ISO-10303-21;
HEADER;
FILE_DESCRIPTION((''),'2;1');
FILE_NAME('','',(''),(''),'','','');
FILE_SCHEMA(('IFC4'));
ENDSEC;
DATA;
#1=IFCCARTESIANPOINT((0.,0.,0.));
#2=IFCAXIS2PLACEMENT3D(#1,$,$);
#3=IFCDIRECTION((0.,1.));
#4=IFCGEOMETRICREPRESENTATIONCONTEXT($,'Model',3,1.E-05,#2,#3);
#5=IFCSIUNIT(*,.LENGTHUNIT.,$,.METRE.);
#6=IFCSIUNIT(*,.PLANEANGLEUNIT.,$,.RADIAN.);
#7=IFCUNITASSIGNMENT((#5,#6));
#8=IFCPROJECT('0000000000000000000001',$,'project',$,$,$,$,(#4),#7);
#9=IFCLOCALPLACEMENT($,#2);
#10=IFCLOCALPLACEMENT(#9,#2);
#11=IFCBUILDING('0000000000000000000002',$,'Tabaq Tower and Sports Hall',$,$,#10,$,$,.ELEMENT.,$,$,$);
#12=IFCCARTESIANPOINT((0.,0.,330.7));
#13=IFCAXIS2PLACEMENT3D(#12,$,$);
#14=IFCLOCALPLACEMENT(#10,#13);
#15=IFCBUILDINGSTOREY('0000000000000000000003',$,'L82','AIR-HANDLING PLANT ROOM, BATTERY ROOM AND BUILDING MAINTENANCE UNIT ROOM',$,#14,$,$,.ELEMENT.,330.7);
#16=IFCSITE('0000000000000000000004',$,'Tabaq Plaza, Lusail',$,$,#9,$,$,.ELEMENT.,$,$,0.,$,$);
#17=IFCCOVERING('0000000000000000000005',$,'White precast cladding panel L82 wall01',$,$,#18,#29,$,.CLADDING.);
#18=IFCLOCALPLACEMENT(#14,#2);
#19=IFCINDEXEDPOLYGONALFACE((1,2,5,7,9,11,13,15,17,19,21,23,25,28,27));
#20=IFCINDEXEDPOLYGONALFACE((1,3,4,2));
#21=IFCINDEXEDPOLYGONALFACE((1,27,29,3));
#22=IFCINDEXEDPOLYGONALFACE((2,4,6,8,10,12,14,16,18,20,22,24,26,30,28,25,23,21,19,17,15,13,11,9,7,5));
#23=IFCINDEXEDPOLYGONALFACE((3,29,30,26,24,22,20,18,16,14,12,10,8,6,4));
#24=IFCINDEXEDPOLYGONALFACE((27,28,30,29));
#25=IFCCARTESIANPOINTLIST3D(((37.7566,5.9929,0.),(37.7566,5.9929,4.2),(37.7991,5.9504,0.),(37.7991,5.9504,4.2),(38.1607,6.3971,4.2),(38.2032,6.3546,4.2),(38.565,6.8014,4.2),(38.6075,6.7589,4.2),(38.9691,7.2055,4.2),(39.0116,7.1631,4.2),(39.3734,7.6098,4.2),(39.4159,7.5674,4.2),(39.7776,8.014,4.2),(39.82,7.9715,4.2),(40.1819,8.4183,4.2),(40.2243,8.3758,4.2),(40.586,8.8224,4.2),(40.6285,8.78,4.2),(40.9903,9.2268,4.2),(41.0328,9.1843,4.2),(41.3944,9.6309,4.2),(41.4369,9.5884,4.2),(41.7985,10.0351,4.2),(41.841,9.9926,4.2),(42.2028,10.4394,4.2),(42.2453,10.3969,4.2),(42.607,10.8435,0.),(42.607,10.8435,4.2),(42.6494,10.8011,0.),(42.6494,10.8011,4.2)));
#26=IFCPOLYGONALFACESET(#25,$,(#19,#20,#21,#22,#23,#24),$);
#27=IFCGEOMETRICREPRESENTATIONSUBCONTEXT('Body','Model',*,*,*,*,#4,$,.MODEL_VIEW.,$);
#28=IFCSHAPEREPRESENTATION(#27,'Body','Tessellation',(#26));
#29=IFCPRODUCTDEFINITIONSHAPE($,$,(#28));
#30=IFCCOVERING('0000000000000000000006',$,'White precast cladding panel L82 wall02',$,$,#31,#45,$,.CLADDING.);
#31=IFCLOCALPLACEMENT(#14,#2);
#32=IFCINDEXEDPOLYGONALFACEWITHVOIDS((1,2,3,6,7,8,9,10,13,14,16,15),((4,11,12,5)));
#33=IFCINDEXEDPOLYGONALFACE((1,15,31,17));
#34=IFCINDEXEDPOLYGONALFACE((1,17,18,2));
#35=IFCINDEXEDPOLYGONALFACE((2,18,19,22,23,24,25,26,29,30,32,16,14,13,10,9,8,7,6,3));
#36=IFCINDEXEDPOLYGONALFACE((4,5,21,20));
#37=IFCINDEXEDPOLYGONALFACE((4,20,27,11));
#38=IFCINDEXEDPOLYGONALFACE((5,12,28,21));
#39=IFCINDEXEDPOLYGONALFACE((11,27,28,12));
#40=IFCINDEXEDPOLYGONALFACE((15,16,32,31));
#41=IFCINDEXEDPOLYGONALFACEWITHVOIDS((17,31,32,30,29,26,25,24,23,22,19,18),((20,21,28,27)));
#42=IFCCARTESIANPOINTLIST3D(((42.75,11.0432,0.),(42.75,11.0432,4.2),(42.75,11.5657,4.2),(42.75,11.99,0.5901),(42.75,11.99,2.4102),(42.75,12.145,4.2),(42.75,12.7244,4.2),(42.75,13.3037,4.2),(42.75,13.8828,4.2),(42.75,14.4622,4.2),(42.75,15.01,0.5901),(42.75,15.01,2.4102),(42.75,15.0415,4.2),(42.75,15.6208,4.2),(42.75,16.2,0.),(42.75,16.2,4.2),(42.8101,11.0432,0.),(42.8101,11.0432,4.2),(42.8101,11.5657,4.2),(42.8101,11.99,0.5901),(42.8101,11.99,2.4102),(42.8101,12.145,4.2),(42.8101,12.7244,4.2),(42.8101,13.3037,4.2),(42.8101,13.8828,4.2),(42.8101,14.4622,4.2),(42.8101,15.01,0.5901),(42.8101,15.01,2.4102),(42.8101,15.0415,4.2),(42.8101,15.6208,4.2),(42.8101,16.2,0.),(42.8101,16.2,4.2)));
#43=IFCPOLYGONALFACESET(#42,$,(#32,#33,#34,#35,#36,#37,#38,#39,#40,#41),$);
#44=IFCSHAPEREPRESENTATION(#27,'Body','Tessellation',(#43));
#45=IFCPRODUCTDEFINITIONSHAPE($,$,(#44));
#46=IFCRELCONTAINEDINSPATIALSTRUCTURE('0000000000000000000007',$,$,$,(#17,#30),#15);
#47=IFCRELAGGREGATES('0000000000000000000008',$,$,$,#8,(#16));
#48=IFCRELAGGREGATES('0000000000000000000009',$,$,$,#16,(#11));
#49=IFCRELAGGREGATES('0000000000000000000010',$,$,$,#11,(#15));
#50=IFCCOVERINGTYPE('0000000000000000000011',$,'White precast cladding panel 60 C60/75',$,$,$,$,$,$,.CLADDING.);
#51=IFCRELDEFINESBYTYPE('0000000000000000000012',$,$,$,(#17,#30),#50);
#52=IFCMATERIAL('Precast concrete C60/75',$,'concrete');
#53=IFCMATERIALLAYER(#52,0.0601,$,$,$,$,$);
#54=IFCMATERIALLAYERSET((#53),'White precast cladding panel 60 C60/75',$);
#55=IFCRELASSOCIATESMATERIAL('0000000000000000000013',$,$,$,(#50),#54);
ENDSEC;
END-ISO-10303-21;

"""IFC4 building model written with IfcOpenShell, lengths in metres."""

from ifc_helpers import new_model, si_unit, direction, frame, origin, place, context, subcontext, project, spatial, polyline, outline, extrude, material, layer, layer_set, type_object, element, save


model = new_model("IFC4")

# Units and contexts
model_context = context("Model", 3, precision=1e-05, world=origin(), true_north=direction((0.0, 1.0)))
body_context = subcontext(model_context, "Body", "Model", "MODEL_VIEW")
ifc_project = project(units=[si_unit("LENGTHUNIT", "METRE"), si_unit("PLANEANGLEUNIT", "RADIAN")], contexts=[model_context])

# Site, building, storey
site_placement = place(None, origin())
site = spatial("IfcSite", under=ifc_project, at=site_placement, Name="Tabaq Plaza, Lusail", CompositionType="ELEMENT", RefElevation=0.0)
building_placement = place(site_placement, origin())
building = spatial("IfcBuilding", under=site, at=building_placement, Name="Tabaq Tower and Sports Hall", CompositionType="ELEMENT")
storey_placement = place(building_placement, frame((0.0, 0.0, 330.7)))
storey = spatial("IfcBuildingStorey", under=building, at=storey_placement, Name="L82", Description="AIR-HANDLING PLANT ROOM, BATTERY ROOM AND BUILDING MAINTENANCE UNIT ROOM", CompositionType="ELEMENT", Elevation=330.7)

# Coverings
ifc_material_1 = material(Name="Precast concrete C60/75", Category="concrete")
ifc_layer_1 = layer(ifc_material_1, 0.0601)
ifc_layer_set_1 = layer_set([ifc_layer_1], Name="White precast cladding panel 60 C60/75")
covering_type = type_object("IfcCoveringType", Name="White precast cladding panel 60 C60/75", PredefinedType="CLADDING", material=ifc_layer_set_1)
covering_1_placement = place(storey_placement, frame((37.7778, 5.9717, 0.0), z_axis=(0.0, 0.0, 1.0), x_axis=(0.707089, 0.707125, 0.0)))
element("IfcCovering", 1, at=covering_1_placement, inside=storey, type_object=covering_type, Name="White precast cladding panel L82 wall01", PredefinedType="CLADDING", context=body_context, shape_type="SweptSolid", body=[
    extrude(outline(polyline([(0.0, 0.0), (6.8596, 0.0), (6.8596, 4.2), (6.2881, 4.2), (5.7163, 4.2), (5.1448, 4.2), (4.5732, 4.2), (4.0015, 4.2), (3.4299, 4.2), (2.8582, 4.2), (2.2866, 4.2), (1.7148, 4.2), (1.1433, 4.2), (0.5715, 4.2), (0.0, 4.2), (0.0, 0.0)])), frame((0.0, 0.03, 0.0), z_axis=(0.0, -1.0, 0.0), x_axis=(1.0, 0.0, 0.0)), (0.0, 0.0, 1.0), 0.0601),
])
covering_2_placement = place(storey_placement, frame((42.78, 11.0432, 0.0), z_axis=(0.0, 0.0, 1.0), x_axis=(0.0, 1.0, 0.0)))
element("IfcCovering", 2, at=covering_2_placement, inside=storey, type_object=covering_type, Name="White precast cladding panel L82 wall02", PredefinedType="CLADDING", context=body_context, shape_type="SweptSolid", body=[
    extrude(outline(polyline([(0.0, 0.0), (5.1567, 0.0), (5.1567, 4.2), (4.5776, 4.2), (3.9983, 4.2), (3.4189, 4.2), (2.8396, 4.2), (2.2605, 4.2), (1.6812, 4.2), (1.1018, 4.2), (0.5225, 4.2), (0.0, 4.2), (0.0, 0.0)]), holes=[polyline([(0.9468, 0.5901), (0.9468, 2.4102), (3.9668, 2.4102), (3.9668, 0.5901), (0.9468, 0.5901)])]), frame((0.0, 0.03, 0.0), z_axis=(0.0, -1.0, 0.0), x_axis=(1.0, 0.0, 0.0)), (0.0, 0.0, 1.0), 0.0601),
])

save(model, "model.ifc")
